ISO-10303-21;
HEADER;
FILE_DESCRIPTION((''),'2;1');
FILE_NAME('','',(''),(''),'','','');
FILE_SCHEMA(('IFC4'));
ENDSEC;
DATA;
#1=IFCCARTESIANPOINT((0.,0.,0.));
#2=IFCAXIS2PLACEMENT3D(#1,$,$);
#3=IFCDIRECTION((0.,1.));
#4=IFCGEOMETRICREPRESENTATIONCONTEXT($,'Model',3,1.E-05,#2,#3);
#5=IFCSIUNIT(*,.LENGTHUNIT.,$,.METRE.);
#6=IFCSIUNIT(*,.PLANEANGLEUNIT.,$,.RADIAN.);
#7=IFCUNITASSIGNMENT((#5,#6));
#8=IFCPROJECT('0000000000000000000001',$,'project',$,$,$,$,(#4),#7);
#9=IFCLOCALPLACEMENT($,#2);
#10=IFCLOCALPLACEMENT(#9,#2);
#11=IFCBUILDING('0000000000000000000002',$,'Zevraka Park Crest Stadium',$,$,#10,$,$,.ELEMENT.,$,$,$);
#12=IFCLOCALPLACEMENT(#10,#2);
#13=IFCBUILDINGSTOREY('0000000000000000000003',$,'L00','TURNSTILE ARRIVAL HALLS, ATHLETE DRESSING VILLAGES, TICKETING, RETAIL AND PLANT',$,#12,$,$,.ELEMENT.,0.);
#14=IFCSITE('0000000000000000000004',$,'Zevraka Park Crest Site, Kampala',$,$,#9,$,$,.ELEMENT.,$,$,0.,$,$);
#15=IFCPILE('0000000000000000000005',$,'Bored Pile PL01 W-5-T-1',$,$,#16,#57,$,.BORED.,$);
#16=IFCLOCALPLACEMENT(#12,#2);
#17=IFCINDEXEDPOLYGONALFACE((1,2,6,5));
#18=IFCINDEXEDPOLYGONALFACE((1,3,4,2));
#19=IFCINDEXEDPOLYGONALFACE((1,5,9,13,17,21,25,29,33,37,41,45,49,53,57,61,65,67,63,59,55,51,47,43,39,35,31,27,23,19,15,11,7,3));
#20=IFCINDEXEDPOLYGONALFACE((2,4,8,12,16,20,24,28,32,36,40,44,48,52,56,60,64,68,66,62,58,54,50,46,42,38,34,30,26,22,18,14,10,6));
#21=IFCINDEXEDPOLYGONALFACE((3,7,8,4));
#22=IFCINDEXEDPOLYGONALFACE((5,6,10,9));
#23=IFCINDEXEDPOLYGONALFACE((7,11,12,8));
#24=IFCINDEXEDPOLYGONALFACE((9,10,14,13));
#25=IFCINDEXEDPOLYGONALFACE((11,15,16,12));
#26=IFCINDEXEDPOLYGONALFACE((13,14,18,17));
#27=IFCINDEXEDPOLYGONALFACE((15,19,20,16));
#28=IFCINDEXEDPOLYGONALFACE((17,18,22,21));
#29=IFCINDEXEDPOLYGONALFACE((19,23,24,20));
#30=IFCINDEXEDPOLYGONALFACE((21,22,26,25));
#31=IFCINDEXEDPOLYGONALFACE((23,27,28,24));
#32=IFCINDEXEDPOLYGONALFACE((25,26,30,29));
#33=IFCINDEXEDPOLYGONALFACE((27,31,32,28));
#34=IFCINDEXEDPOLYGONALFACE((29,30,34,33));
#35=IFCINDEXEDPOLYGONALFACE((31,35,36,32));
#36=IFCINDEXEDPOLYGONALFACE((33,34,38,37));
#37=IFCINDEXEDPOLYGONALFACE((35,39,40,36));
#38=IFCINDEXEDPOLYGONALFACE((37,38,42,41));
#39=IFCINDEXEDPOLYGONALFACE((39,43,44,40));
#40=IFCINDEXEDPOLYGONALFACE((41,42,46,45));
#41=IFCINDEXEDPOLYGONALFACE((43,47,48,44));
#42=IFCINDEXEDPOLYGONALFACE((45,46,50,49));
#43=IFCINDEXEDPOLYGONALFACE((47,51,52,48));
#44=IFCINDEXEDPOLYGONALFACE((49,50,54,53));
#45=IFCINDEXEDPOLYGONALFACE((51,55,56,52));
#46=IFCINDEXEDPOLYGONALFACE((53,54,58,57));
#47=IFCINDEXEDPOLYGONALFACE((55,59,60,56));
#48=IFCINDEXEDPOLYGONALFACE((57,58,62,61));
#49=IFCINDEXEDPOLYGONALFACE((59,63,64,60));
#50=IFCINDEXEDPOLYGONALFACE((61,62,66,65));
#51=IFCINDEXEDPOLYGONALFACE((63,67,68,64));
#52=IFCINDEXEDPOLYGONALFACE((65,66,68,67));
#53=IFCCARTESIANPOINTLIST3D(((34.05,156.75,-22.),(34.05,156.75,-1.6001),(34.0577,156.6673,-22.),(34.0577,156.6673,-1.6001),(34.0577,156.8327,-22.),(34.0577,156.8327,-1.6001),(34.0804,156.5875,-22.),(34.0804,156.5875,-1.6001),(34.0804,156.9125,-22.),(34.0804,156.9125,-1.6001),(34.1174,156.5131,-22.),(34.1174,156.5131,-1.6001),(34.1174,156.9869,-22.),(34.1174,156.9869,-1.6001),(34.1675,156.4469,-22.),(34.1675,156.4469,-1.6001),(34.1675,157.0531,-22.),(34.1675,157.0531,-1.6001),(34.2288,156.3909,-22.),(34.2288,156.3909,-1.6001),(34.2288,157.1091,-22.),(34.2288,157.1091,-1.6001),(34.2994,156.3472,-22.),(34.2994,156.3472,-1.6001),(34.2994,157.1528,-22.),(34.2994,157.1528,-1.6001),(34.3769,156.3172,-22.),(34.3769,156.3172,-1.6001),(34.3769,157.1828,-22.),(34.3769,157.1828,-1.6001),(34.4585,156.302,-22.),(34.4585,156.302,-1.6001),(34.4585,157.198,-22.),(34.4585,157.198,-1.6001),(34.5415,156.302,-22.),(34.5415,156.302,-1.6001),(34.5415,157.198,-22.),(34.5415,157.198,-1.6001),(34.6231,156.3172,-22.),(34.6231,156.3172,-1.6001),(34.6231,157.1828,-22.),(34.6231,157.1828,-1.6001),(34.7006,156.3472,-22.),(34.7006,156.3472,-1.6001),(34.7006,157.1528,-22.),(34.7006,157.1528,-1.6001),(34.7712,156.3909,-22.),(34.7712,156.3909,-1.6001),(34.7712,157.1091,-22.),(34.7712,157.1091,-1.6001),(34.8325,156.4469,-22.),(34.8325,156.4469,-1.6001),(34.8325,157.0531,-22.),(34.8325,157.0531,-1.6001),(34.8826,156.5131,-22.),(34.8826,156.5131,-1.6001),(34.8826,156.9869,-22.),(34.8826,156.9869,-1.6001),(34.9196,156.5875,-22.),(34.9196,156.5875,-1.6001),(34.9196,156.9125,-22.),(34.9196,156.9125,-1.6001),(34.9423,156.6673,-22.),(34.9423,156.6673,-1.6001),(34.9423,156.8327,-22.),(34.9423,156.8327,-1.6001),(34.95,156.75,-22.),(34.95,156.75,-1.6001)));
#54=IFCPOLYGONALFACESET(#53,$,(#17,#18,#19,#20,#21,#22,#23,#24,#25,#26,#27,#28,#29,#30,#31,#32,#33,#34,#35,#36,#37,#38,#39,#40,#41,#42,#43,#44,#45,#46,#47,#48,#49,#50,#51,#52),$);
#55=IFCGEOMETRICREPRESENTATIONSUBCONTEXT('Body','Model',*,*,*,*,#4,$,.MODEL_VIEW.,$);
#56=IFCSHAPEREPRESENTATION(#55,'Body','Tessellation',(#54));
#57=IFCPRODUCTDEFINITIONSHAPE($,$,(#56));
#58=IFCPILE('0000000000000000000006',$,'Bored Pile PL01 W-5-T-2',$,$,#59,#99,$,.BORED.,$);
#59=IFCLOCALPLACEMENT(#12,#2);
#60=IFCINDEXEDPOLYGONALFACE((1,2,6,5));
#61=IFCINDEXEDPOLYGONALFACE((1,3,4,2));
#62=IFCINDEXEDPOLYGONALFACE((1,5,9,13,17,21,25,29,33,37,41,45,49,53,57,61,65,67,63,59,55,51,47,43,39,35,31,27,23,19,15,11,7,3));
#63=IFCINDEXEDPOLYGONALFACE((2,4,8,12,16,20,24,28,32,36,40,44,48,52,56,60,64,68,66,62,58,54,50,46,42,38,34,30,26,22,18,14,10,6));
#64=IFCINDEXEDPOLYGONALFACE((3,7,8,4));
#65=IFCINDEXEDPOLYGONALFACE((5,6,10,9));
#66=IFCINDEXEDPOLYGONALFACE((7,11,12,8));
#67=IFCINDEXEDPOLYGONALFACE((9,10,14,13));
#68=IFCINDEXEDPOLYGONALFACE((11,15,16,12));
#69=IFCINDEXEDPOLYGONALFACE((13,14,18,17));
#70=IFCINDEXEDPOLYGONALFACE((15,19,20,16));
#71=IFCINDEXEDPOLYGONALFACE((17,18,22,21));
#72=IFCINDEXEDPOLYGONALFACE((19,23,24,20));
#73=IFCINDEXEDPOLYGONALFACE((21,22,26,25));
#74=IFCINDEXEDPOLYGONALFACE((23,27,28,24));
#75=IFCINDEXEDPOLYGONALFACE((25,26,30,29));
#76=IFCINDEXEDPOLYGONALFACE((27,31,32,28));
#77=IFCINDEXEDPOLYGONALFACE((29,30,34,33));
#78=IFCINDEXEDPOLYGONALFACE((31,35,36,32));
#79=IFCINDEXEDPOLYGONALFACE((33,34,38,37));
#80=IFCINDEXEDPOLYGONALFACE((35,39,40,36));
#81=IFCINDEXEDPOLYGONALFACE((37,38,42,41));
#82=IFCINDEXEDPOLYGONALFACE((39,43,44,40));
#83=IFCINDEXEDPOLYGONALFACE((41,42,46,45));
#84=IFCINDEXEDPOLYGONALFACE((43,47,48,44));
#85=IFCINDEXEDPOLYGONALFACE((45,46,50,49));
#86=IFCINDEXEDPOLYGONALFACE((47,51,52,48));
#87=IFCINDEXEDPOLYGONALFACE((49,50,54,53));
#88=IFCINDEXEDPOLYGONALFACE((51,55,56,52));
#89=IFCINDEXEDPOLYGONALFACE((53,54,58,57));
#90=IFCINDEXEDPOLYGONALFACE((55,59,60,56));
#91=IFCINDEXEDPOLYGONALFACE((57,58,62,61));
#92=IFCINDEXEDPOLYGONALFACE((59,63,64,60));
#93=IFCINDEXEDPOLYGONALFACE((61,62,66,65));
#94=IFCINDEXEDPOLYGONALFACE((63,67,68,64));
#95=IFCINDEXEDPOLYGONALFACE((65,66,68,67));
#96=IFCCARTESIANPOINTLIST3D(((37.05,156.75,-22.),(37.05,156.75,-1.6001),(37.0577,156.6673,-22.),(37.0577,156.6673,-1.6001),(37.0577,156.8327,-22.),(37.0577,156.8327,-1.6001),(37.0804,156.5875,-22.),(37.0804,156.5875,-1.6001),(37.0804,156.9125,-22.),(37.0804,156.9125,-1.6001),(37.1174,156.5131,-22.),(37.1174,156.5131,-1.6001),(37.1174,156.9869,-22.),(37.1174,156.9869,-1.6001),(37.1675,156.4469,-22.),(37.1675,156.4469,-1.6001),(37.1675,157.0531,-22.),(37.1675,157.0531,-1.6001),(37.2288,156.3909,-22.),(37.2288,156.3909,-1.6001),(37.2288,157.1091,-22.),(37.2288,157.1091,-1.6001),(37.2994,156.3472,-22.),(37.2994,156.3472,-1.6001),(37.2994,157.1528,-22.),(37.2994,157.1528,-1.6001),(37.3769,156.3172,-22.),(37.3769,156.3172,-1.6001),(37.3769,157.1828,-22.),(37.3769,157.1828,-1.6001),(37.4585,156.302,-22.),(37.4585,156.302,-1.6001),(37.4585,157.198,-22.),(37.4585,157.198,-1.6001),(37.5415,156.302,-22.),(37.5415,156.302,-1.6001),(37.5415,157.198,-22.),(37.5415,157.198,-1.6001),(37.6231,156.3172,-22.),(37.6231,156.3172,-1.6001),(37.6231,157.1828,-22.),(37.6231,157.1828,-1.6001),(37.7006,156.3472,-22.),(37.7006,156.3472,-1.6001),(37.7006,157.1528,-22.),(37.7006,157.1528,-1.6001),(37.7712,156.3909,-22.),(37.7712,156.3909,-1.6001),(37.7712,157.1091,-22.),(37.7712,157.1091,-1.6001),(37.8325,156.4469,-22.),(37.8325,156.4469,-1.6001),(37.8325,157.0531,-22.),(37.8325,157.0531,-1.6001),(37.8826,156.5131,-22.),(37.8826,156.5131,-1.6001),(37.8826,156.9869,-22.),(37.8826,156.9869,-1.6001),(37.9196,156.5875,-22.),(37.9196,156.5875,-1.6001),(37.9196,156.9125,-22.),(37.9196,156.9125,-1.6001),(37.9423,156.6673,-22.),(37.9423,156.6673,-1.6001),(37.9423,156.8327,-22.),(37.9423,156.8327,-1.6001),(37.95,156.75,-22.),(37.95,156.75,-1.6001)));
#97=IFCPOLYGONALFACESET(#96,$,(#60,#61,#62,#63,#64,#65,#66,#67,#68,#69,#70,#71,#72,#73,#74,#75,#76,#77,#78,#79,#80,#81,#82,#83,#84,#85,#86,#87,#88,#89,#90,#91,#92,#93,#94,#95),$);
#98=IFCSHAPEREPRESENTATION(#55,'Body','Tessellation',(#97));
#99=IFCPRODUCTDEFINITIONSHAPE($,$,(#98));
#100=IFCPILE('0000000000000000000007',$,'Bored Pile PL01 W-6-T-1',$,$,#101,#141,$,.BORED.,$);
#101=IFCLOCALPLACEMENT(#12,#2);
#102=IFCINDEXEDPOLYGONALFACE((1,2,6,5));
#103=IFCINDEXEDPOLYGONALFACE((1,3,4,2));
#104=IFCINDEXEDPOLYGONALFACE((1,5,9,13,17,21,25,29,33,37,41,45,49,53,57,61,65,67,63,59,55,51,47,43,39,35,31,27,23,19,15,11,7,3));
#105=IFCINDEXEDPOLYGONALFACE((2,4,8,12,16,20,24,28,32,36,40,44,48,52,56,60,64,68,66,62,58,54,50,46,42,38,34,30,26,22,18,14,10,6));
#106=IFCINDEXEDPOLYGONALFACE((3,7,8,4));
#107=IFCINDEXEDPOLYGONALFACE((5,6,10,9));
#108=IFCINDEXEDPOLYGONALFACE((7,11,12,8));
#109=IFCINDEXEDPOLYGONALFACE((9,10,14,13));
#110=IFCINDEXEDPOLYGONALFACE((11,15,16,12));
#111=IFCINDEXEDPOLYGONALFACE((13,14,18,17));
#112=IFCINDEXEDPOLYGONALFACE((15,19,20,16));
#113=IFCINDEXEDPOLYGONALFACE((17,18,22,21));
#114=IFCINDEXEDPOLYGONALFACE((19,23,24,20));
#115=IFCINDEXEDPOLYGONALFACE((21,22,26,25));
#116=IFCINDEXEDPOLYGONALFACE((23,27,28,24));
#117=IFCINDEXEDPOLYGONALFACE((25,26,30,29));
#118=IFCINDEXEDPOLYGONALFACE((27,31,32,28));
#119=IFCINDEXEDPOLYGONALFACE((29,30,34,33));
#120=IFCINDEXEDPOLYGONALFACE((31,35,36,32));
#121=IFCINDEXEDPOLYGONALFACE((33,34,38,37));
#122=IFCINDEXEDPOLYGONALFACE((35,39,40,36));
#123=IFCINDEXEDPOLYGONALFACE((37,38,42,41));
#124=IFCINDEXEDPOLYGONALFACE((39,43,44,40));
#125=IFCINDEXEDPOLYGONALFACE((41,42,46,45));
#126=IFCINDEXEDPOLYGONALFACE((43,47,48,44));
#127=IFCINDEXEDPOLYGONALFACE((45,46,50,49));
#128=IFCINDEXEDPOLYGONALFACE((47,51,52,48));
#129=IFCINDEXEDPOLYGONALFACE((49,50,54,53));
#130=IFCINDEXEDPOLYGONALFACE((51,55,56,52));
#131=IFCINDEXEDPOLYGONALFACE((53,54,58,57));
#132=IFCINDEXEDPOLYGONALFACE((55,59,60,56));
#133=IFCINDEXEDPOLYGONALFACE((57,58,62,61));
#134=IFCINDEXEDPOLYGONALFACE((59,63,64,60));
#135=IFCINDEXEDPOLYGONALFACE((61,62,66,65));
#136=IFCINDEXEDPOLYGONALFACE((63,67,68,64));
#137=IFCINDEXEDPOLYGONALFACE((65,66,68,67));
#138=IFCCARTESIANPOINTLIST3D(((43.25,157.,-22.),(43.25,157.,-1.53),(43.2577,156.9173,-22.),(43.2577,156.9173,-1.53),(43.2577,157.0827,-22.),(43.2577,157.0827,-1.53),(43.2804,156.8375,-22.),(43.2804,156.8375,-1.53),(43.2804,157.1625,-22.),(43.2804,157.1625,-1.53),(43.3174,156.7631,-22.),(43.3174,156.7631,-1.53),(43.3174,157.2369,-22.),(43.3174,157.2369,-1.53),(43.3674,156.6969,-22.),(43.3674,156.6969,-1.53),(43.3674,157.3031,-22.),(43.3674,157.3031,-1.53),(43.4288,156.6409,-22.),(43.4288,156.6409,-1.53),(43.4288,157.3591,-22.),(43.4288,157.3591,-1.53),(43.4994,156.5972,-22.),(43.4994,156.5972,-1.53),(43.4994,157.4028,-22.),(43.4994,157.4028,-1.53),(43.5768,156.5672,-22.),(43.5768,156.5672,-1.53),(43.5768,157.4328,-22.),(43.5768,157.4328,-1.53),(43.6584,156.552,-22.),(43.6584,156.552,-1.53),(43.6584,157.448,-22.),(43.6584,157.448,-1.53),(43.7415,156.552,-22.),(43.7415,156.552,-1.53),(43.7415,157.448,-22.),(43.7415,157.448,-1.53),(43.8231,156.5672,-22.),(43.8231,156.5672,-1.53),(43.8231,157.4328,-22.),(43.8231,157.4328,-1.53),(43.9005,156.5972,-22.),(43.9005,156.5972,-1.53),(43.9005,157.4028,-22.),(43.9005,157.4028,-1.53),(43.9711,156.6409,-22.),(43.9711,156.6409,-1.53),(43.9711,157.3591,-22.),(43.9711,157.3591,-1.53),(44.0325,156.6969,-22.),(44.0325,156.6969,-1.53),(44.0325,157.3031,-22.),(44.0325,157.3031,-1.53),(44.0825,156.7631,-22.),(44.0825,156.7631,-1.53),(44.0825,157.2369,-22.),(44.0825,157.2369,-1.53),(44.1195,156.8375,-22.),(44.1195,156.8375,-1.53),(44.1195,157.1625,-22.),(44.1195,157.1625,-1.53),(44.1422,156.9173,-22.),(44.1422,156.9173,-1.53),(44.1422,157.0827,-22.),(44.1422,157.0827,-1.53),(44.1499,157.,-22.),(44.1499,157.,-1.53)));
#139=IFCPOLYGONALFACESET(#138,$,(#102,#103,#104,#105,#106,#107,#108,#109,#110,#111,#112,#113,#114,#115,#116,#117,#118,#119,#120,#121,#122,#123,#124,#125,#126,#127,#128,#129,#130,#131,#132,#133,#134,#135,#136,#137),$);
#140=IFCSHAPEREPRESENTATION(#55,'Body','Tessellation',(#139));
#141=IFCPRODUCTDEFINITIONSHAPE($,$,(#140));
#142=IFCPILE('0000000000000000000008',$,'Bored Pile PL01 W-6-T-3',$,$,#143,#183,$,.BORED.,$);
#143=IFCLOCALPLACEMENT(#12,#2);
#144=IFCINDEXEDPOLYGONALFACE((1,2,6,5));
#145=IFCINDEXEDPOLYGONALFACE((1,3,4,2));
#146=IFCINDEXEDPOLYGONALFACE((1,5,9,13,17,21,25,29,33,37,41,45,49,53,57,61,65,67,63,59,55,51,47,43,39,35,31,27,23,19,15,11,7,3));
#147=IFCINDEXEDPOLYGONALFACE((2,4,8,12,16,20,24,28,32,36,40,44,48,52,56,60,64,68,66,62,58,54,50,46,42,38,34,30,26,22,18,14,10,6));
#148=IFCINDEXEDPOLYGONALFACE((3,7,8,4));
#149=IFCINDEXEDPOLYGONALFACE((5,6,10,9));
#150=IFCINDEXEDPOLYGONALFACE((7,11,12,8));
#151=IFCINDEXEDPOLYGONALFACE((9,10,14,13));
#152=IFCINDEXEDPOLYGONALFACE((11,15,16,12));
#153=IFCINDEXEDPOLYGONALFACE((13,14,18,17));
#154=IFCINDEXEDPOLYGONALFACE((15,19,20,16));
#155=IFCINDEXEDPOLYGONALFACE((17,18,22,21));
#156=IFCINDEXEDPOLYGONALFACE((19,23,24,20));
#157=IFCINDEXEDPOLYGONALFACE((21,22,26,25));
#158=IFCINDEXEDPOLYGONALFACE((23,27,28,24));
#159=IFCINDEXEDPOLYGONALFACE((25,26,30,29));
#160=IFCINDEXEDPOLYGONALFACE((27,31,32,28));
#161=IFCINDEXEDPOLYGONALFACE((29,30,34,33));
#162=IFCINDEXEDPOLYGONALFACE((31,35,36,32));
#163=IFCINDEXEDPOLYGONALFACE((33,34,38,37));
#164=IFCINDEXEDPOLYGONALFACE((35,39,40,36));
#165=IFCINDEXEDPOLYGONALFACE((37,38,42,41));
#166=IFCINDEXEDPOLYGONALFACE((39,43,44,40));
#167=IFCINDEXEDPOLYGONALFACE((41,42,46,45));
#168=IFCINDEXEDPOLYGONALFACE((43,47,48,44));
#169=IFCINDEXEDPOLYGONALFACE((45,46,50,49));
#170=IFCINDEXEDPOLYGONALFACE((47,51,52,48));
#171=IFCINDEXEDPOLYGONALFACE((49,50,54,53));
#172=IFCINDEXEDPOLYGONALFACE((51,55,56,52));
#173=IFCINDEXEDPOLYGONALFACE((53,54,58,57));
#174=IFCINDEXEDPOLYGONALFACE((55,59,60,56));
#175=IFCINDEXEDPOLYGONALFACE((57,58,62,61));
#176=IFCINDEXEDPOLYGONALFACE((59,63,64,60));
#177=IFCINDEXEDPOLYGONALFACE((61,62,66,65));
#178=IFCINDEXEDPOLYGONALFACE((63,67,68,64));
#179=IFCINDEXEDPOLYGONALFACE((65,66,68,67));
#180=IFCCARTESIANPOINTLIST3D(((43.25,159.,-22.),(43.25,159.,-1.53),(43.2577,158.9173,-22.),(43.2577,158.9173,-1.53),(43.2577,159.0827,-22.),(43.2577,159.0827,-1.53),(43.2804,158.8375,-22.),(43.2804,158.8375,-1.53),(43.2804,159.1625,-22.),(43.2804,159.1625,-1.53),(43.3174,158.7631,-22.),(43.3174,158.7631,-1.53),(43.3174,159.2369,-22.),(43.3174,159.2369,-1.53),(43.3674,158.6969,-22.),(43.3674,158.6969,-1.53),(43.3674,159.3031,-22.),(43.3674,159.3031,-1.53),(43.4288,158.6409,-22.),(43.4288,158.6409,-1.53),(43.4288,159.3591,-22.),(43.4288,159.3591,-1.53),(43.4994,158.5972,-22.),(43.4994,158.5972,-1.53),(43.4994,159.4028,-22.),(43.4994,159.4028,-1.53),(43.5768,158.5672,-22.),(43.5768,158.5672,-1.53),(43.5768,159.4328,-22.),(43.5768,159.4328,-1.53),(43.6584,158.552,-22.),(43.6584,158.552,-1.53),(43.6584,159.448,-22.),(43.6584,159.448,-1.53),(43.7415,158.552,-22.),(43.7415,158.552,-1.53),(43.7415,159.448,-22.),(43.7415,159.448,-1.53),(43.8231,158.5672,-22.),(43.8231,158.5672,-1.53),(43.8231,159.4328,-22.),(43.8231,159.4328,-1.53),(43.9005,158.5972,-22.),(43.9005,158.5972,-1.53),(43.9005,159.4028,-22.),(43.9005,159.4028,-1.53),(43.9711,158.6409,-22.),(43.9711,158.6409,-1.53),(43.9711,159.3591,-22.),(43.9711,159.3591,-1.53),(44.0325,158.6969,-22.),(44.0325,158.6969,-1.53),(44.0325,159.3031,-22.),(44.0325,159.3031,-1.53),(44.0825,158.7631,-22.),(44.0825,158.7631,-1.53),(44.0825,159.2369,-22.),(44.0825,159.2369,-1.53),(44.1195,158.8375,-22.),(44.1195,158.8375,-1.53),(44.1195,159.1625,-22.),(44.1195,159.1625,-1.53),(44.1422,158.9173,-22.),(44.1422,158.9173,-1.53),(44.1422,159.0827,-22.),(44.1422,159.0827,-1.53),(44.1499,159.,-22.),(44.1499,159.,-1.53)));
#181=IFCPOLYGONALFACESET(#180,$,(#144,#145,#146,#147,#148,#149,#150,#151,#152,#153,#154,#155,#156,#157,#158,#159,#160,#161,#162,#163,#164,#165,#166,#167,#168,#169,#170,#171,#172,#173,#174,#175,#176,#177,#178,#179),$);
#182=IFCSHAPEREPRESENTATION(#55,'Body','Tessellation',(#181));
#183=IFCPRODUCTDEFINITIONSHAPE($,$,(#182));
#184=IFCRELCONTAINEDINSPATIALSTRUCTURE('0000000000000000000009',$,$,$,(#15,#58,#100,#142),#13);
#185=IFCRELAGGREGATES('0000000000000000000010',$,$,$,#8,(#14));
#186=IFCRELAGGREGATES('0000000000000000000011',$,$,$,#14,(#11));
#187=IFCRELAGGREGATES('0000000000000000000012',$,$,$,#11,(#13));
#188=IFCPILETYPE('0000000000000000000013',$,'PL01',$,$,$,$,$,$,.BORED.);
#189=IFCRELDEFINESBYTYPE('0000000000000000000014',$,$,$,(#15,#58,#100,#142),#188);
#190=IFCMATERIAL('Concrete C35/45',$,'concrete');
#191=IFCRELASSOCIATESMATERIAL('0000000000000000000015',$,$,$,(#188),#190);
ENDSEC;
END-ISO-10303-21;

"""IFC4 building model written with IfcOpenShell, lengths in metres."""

from ifc_helpers import new_model, si_unit, direction, frame, origin, origin_2d, place, context, subcontext, project, spatial, circle, extrude, material, material_profile, profile_set, type_object, element, save


model = new_model("IFC4")

# Units and contexts
model_context = context("Model", 3, precision=1e-05, world=origin(), true_north=direction((0.0, 1.0)))
body_context = subcontext(model_context, "Body", "Model", "MODEL_VIEW")
ifc_project = project(units=[si_unit("LENGTHUNIT", "METRE"), si_unit("PLANEANGLEUNIT", "RADIAN")], contexts=[model_context])

# Site, building, storey
site_placement = place(None, origin())
site = spatial("IfcSite", under=ifc_project, at=site_placement, Name="Zevraka Park Crest Site, Kampala", CompositionType="ELEMENT", RefElevation=0.0)
building_placement = place(site_placement, origin())
building = spatial("IfcBuilding", under=site, at=building_placement, Name="Zevraka Park Crest Stadium", CompositionType="ELEMENT")
storey_placement = place(building_placement, origin())
storey = spatial("IfcBuildingStorey", under=building, at=storey_placement, Name="L00", Description="TURNSTILE ARRIVAL HALLS, ATHLETE DRESSING VILLAGES, TICKETING, RETAIL AND PLANT", CompositionType="ELEMENT", Elevation=0.0)

# Piles
ifc_material_1 = material(Name="Concrete C35/45", Category="concrete")
ifc_material_profile_1 = material_profile(ifc_material_1, circle(Radius=0.45, at=origin_2d()), Name="PILE D900")
ifc_profile_set_1 = profile_set([ifc_material_profile_1], Name="Concrete C35/45")
pile_type_1 = type_object("IfcPileType", Name="PL01", PredefinedType="BORED", material=ifc_profile_set_1)
for number, where, z_axis, x_axis, name in (
    (1, (34.5, 156.75, -1.6001), (0.0, 0.0, -1.0), (1.0, 0.0, 0.0), "Bored Pile PL01 W-5-T-1"),
    (2, (37.5, 156.75, -1.6001), (0.0, 0.0, -1.0), (1.0, 0.0, 0.0), "Bored Pile PL01 W-5-T-2"),
):
    element("IfcPile", number, at=place(storey_placement, frame(where, z_axis=z_axis, x_axis=x_axis)), inside=storey, type_object=pile_type_1, Name=name, PredefinedType="BORED", context=body_context, shape_type="SweptSolid", body=[
        extrude(circle(Radius=0.45, at=origin_2d()), origin(), (0.0, 0.0, 1.0), 20.3999),
    ])
for number, where, z_axis, x_axis, name in (
    (3, (43.7, 157.0, -1.53), (0.0, 0.0, -1.0), (1.0, 0.0, 0.0), "Bored Pile PL01 W-6-T-1"),
    (4, (43.7, 159.0, -1.53), (0.0, 0.0, -1.0), (1.0, 0.0, 0.0), "Bored Pile PL01 W-6-T-3"),
):
    element("IfcPile", number, at=place(storey_placement, frame(where, z_axis=z_axis, x_axis=x_axis)), inside=storey, type_object=pile_type_1, Name=name, PredefinedType="BORED", context=body_context, shape_type="SweptSolid", body=[
        extrude(circle(Radius=0.45, at=origin_2d()), origin(), (0.0, 0.0, 1.0), 20.47),
    ])

save(model, "model.ifc")
